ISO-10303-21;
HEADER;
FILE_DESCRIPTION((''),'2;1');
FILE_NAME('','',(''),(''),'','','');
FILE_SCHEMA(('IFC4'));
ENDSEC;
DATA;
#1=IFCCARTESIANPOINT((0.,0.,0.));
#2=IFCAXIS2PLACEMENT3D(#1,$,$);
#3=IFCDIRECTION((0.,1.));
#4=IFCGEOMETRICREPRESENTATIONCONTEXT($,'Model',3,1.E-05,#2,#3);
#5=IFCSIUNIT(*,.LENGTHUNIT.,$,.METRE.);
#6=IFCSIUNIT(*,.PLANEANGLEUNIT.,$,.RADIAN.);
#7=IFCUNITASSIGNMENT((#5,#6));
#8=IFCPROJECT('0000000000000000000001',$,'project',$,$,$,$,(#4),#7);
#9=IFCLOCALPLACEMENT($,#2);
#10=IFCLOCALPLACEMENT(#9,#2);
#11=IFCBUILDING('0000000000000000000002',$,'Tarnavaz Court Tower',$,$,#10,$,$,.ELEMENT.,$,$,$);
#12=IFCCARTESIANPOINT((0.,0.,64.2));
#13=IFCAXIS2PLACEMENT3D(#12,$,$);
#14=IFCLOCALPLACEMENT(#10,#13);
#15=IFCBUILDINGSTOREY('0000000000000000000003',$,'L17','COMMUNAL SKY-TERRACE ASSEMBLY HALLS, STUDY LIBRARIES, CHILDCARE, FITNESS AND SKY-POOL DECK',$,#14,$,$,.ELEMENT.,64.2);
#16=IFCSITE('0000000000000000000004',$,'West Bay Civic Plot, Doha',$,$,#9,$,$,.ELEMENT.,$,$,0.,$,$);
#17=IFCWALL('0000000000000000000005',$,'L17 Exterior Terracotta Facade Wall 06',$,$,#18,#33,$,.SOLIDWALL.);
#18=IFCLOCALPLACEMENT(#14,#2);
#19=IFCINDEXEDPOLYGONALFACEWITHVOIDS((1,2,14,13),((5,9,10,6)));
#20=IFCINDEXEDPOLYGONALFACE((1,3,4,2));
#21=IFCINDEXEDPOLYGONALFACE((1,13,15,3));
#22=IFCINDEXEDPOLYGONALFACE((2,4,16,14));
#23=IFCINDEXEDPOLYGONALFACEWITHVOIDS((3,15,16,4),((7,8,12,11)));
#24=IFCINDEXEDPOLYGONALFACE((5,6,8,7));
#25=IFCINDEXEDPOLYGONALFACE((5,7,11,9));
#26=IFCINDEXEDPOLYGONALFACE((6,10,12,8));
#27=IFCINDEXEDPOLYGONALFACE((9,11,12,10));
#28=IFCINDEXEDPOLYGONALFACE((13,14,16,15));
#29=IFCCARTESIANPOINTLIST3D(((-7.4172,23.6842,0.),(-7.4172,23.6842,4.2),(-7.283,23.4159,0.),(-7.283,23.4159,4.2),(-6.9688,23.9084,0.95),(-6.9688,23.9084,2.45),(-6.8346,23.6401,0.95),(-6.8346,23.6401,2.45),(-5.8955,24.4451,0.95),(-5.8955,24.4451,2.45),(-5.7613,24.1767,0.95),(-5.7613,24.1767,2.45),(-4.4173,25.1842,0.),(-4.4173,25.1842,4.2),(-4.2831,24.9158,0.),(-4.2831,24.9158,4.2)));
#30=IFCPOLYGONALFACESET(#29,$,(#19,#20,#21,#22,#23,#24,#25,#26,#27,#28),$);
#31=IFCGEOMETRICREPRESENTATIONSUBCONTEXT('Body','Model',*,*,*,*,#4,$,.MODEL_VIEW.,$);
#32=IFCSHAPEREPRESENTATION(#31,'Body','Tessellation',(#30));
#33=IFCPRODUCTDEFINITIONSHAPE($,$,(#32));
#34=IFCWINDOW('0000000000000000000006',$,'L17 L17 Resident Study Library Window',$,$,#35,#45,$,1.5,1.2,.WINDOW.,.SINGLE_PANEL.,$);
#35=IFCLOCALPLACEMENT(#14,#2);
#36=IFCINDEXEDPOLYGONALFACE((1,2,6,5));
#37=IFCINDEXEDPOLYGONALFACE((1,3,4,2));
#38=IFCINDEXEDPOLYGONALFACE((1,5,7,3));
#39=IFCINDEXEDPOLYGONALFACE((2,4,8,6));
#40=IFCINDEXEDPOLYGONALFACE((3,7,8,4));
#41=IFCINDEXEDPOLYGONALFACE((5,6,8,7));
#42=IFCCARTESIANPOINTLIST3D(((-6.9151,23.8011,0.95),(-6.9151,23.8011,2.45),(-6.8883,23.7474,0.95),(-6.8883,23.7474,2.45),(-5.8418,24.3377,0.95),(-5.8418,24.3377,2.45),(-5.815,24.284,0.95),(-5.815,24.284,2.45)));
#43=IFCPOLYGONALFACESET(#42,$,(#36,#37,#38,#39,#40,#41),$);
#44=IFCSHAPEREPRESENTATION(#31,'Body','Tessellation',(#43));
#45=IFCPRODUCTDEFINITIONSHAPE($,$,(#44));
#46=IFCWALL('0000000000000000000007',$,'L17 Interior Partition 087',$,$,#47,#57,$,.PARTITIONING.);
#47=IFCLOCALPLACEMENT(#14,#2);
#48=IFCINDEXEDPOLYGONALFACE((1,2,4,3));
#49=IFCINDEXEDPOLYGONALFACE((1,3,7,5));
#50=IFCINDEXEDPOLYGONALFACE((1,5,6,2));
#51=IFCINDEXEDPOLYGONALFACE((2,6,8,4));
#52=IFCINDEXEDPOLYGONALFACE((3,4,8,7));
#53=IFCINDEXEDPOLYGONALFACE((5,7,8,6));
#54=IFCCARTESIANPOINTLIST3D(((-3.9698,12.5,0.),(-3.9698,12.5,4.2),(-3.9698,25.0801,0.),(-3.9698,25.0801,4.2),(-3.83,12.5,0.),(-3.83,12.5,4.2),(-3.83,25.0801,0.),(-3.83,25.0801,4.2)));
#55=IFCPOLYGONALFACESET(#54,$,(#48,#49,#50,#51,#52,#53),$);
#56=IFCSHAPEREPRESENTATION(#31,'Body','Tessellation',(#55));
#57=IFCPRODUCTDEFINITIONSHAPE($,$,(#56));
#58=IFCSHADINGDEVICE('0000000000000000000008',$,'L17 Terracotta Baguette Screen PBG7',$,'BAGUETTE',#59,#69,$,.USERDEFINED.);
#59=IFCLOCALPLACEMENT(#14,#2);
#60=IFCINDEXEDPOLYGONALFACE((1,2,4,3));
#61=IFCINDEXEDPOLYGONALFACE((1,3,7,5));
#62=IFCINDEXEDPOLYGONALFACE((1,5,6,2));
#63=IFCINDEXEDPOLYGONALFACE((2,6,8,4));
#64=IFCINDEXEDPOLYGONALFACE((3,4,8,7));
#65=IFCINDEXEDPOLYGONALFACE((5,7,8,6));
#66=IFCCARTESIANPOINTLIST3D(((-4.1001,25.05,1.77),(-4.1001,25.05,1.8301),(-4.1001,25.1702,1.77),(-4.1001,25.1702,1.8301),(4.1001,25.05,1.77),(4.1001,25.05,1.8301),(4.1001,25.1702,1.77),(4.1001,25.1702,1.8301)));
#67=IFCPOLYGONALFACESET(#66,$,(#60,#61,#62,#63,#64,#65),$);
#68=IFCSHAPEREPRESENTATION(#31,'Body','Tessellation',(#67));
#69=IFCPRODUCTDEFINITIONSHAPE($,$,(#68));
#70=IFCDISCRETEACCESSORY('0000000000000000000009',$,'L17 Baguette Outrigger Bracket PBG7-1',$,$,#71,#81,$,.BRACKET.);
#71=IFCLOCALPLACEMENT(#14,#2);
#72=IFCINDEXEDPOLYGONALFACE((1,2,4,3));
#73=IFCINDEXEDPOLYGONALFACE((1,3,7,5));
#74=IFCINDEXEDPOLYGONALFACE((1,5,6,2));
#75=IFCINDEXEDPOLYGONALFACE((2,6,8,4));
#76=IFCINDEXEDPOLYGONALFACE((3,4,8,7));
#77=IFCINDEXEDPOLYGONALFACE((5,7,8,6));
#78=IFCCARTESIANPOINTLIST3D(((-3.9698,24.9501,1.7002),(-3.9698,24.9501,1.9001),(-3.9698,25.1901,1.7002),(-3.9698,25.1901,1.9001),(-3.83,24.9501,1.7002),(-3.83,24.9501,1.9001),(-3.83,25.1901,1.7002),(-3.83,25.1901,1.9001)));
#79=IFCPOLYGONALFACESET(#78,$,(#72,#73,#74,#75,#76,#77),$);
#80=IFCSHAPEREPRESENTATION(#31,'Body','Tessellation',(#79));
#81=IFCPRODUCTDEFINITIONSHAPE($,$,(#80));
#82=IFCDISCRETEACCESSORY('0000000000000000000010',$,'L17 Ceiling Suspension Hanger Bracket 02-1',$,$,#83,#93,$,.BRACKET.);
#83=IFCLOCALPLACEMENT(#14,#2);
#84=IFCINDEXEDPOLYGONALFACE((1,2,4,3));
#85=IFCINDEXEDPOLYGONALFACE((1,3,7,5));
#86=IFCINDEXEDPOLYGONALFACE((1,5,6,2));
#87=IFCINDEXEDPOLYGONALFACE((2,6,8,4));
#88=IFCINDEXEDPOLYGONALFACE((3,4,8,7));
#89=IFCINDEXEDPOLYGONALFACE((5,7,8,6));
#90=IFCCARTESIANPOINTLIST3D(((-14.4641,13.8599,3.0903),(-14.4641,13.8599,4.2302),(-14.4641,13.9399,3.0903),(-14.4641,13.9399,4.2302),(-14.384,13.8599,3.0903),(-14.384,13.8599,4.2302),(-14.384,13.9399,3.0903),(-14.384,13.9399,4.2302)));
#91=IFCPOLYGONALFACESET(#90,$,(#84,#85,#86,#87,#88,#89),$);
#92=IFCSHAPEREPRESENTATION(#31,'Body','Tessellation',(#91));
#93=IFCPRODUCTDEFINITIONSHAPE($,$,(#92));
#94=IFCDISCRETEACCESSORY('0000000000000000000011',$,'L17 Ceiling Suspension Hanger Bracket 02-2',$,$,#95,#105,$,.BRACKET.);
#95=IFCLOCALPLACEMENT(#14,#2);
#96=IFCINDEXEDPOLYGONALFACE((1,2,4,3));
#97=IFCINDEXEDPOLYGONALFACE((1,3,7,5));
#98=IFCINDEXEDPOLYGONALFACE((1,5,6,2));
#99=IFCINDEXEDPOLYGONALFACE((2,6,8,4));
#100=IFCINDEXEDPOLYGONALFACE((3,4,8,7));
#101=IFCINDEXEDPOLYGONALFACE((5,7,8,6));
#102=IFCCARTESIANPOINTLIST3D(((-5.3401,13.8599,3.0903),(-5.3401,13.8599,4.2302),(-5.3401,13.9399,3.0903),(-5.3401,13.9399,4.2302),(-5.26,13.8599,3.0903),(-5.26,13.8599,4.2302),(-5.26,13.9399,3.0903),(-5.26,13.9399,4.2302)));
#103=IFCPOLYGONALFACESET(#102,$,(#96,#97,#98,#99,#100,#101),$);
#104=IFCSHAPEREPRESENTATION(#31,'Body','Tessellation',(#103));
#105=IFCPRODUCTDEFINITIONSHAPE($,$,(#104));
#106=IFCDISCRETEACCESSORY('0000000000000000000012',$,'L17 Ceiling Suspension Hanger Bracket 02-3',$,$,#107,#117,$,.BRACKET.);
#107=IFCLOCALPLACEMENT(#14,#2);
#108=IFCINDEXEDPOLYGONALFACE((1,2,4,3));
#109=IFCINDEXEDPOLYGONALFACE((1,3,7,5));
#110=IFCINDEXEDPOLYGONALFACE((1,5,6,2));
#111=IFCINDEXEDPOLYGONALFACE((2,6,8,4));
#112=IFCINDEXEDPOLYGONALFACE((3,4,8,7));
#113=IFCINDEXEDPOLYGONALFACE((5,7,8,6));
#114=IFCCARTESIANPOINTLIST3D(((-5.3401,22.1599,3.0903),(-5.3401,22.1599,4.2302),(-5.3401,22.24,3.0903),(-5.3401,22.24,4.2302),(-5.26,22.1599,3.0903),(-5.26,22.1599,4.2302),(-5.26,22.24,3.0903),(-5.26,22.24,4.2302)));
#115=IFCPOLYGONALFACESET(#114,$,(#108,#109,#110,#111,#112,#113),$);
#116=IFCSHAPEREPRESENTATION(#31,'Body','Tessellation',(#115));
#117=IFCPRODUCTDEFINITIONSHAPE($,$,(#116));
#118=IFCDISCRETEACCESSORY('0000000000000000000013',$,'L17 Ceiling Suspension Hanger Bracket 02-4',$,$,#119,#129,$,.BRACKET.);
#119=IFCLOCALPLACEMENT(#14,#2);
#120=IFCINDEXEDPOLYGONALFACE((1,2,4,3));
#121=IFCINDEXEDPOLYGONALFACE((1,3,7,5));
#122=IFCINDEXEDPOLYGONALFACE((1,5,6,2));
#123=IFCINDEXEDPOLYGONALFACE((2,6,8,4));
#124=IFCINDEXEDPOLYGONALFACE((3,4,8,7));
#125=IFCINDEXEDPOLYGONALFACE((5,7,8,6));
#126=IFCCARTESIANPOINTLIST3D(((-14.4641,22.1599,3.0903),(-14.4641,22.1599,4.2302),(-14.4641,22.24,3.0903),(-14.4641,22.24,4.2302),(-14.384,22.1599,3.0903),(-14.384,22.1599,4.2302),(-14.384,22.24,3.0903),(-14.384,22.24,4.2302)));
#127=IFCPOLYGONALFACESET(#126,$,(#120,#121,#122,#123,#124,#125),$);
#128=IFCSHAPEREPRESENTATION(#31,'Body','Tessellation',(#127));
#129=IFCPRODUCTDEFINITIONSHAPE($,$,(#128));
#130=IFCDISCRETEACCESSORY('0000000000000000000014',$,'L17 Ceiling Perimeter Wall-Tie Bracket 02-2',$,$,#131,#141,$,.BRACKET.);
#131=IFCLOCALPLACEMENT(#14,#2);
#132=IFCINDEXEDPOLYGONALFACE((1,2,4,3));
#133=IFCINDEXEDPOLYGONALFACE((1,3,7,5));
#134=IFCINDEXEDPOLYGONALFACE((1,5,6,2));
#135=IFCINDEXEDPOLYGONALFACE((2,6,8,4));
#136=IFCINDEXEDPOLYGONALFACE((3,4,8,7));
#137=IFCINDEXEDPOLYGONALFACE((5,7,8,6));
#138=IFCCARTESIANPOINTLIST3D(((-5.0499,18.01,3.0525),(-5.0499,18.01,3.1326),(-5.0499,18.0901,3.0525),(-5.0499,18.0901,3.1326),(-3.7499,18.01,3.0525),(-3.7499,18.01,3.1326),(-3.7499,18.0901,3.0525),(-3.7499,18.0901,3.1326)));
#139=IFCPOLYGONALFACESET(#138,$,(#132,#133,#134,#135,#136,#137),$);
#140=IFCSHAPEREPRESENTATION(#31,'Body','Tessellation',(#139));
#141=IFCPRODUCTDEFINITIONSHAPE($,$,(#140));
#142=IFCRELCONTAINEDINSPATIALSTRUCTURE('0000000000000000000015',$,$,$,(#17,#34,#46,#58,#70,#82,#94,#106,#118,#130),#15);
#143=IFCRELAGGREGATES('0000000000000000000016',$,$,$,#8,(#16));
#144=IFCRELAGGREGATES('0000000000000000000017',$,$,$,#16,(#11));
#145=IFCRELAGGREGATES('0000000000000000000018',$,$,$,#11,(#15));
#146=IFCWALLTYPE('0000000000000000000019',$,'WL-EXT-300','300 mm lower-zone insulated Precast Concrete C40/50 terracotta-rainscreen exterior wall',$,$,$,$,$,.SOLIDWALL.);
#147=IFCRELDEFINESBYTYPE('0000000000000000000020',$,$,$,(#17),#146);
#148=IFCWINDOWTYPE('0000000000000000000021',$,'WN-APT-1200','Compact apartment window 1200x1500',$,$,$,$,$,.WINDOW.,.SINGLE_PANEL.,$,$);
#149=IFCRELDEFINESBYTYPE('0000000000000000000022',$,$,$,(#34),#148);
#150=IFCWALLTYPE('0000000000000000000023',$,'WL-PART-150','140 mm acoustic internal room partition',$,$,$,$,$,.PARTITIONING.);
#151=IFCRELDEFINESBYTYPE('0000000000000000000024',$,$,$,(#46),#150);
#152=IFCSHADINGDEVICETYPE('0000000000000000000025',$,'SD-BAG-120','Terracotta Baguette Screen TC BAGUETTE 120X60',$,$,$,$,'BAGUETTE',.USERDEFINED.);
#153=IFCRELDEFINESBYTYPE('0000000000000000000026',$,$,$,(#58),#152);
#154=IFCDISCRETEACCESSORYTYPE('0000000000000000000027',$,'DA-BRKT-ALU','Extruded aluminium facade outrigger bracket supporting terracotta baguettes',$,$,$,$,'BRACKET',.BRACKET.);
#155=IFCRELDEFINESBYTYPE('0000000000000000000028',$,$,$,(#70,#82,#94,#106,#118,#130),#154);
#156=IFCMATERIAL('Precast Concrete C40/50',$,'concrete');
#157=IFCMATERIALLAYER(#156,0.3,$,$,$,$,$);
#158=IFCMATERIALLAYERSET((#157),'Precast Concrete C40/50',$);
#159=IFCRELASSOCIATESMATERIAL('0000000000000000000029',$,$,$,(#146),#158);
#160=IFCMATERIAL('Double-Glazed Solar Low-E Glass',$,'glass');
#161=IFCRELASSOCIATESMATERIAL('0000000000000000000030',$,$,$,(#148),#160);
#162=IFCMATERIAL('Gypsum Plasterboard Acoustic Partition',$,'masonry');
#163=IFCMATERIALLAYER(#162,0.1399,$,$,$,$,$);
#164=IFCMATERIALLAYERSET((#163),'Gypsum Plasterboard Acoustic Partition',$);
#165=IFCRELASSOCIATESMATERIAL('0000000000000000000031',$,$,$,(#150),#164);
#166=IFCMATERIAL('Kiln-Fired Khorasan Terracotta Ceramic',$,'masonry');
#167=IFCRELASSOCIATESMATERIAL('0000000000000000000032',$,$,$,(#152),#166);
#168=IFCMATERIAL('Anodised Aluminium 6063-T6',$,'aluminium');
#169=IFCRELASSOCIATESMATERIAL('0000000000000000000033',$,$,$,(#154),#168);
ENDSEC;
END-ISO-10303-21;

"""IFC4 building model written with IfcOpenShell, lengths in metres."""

from ifc_helpers import new_model, si_unit, direction, frame, frame_2d, origin, origin_2d, place, context, subcontext, project, spatial, rectangle, extrude, material, layer, layer_set, material_profile, profile_set, type_object, element, fill, save


model = new_model("IFC4")

# Units and contexts
model_context = context("Model", 3, precision=1e-05, world=origin(), true_north=direction((0.0, 1.0)))
body_context = subcontext(model_context, "Body", "Model", "MODEL_VIEW")
ifc_project = project(units=[si_unit("LENGTHUNIT", "METRE"), si_unit("PLANEANGLEUNIT", "RADIAN")], contexts=[model_context])

# Site, building, storey
site_placement = place(None, origin())
site = spatial("IfcSite", under=ifc_project, at=site_placement, Name="West Bay Civic Plot, Doha", CompositionType="ELEMENT", RefElevation=0.0)
building_placement = place(site_placement, origin())
building = spatial("IfcBuilding", under=site, at=building_placement, Name="Tarnavaz Court Tower", CompositionType="ELEMENT")
storey_placement = place(building_placement, frame((0.0, 0.0, 64.2)))
storey = spatial("IfcBuildingStorey", under=building, at=storey_placement, Name="L17", Description="COMMUNAL SKY-TERRACE ASSEMBLY HALLS, STUDY LIBRARIES, CHILDCARE, FITNESS AND SKY-POOL DECK", CompositionType="ELEMENT", Elevation=64.2)

# Shared definitions
ifc_material_1 = material(Name="Anodised Aluminium 6063-T6", Category="aluminium")
ifc_material_2 = material(Name="Double-Glazed Solar Low-E Glass", Category="glass")

# Wall, opening, window
ifc_material_3 = material(Name="Precast Concrete C40/50", Category="concrete")
ifc_layer_1 = layer(ifc_material_3, 0.3)
ifc_layer_set_1 = layer_set([ifc_layer_1], Name="Precast Concrete C40/50")
wall_type_1 = type_object("IfcWallType", Name="WL-EXT-300", Description="300 mm lower-zone insulated Precast Concrete C40/50 terracotta-rainscreen exterior wall", PredefinedType="SOLIDWALL", material=ifc_layer_set_1)
wall_1_placement = place(storey_placement, frame((-7.3501, 23.55, 0.0), z_axis=(0.0, 0.0, 1.0), x_axis=(0.894427, 0.447214, 0.0)))
wall_1 = element("IfcWall", 1, at=wall_1_placement, inside=storey, type_object=wall_type_1, Name="L17 Exterior Terracotta Facade Wall 06", PredefinedType="SOLIDWALL", context=body_context, shape_type="SweptSolid", body=[
    extrude(rectangle(XDim=3.354, YDim=0.3, at=frame_2d((1.677, 0.0))), origin(), (0.0, 0.0, 1.0), 4.2),
])
opening_placement = place(wall_1_placement, frame((0.5012, 0.0, 0.95)))
opening = element("IfcOpeningElement", 2, at=opening_placement, cuts=wall_1, PredefinedType="OPENING", context=body_context, shape_type="SweptSolid", body=[
    extrude(rectangle(XDim=1.2, YDim=1.5, at=frame_2d((0.6001, 0.75))), frame((0.0, 0.1599, 0.0), z_axis=(0.0, -1.0, 0.0), x_axis=(1.0, 0.0, 0.0)), (0.0, 0.0, 1.0), 0.3201),
])
window_type = type_object("IfcWindowType", Name="WN-APT-1200", Description="Compact apartment window 1200x1500", PartitioningType="SINGLE_PANEL", PredefinedType="WINDOW", material=ifc_material_2)
window_placement = place(opening_placement, origin())
window = element("IfcWindow", 3, at=window_placement, inside=storey, type_object=window_type, Name="L17 L17 Resident Study Library Window", OverallHeight=1.5, OverallWidth=1.2, PartitioningType="SINGLE_PANEL", PredefinedType="WINDOW", context=body_context, shape_type="SweptSolid", body=[
    extrude(rectangle(XDim=1.2, YDim=1.5, at=frame_2d((0.6001, 0.75))), frame((0.0, 0.03, 0.0), z_axis=(0.0, -1.0, 0.0), x_axis=(1.0, 0.0, 0.0)), (0.0, 0.0, 1.0), 0.0601),
])
fill(opening, window)

# Wall
ifc_material_4 = material(Name="Gypsum Plasterboard Acoustic Partition", Category="masonry")
ifc_layer_2 = layer(ifc_material_4, 0.1399)
ifc_layer_set_2 = layer_set([ifc_layer_2], Name="Gypsum Plasterboard Acoustic Partition")
wall_type_2 = type_object("IfcWallType", Name="WL-PART-150", Description="140 mm acoustic internal room partition", PredefinedType="PARTITIONING", material=ifc_layer_set_2)
wall_2_placement = place(storey_placement, frame((-3.8999, 12.5, 0.0), z_axis=(0.0, 0.0, 1.0), x_axis=(0.0, 1.0, 0.0)))
element("IfcWall", 4, at=wall_2_placement, inside=storey, type_object=wall_type_2, Name="L17 Interior Partition 087", PredefinedType="PARTITIONING", context=body_context, shape_type="SweptSolid", body=[
    extrude(rectangle(XDim=12.5801, YDim=0.1399, at=frame_2d((6.29, 0.0))), origin(), (0.0, 0.0, 1.0), 4.2),
])

# Shading device
ifc_material_5 = material(Name="Kiln-Fired Khorasan Terracotta Ceramic", Category="masonry")
ifc_material_profile_1 = material_profile(ifc_material_5, rectangle(XDim=0.1201, YDim=0.0601, at=origin_2d()), Name="TC BAGUETTE 120X60")
ifc_profile_set_1 = profile_set([ifc_material_profile_1], Name="Kiln-Fired Khorasan Terracotta Ceramic")
shading_device_type = type_object("IfcShadingDeviceType", Name="SD-BAG-120", Description="Terracotta Baguette Screen TC BAGUETTE 120X60", ElementType="BAGUETTE", PredefinedType="USERDEFINED", material=ifc_profile_set_1)
shading_device_placement = place(storey_placement, frame((-4.1001, 25.1101, 1.8), z_axis=(1.0, 0.0, 0.0), x_axis=(0.0, 1.0, 0.0)))
element("IfcShadingDevice", 5, at=shading_device_placement, inside=storey, type_object=shading_device_type, Name="L17 Terracotta Baguette Screen PBG7", ObjectType="BAGUETTE", PredefinedType="USERDEFINED", context=body_context, shape_type="SweptSolid", body=[
    extrude(rectangle(XDim=0.1201, YDim=0.0601, at=origin_2d()), origin(), (0.0, 0.0, 1.0), 8.2002),
])

# Discrete accessories
discrete_accessory_type = type_object("IfcDiscreteAccessoryType", Name="DA-BRKT-ALU", Description="Extruded aluminium facade outrigger bracket supporting terracotta baguettes", ElementType="BRACKET", PredefinedType="BRACKET", material=ifc_material_1)
discrete_accessory_1_placement = place(storey_placement, frame((-3.8999, 25.0701, 1.7002), z_axis=(0.0, 0.0, 1.0), x_axis=(1.0, 0.0, 0.0)))
element("IfcDiscreteAccessory", 6, at=discrete_accessory_1_placement, inside=storey, type_object=discrete_accessory_type, Name="L17 Baguette Outrigger Bracket PBG7-1", PredefinedType="BRACKET", context=body_context, shape_type="SweptSolid", body=[
    extrude(rectangle(XDim=0.1399, YDim=0.24, at=origin_2d()), origin(), (0.0, 0.0, 1.0), 0.2),
])
for number, where, z_axis, x_axis, name in (
    (7, (-14.4241, 13.8999, 3.0903), (0.0, 0.0, 1.0), (1.0, 0.0, 0.0), "L17 Ceiling Suspension Hanger Bracket 02-1"),
    (8, (-5.3, 13.8999, 3.0903), (0.0, 0.0, 1.0), (1.0, 0.0, 0.0), "L17 Ceiling Suspension Hanger Bracket 02-2"),
    (9, (-5.3, 22.2, 3.0903), (0.0, 0.0, 1.0), (1.0, 0.0, 0.0), "L17 Ceiling Suspension Hanger Bracket 02-3"),
    (10, (-14.4241, 22.2, 3.0903), (0.0, 0.0, 1.0), (1.0, 0.0, 0.0), "L17 Ceiling Suspension Hanger Bracket 02-4"),
):
    element("IfcDiscreteAccessory", number, at=place(storey_placement, frame(where, z_axis=z_axis, x_axis=x_axis)), inside=storey, type_object=discrete_accessory_type, Name=name, PredefinedType="BRACKET", context=body_context, shape_type="SweptSolid", body=[
        extrude(rectangle(XDim=0.0801, YDim=0.0801, at=origin_2d()), origin(), (0.0, 0.0, 1.0), 1.1399),
    ])
discrete_accessory_2_placement = place(storey_placement, frame((-4.3999, 18.05, 3.0525), z_axis=(0.0, 0.0, 1.0), x_axis=(1.0, 0.0, 0.0)))
element("IfcDiscreteAccessory", 11, at=discrete_accessory_2_placement, inside=storey, type_object=discrete_accessory_type, Name="L17 Ceiling Perimeter Wall-Tie Bracket 02-2", PredefinedType="BRACKET", context=body_context, shape_type="SweptSolid", body=[
    extrude(rectangle(XDim=1.3, YDim=0.0801, at=origin_2d()), origin(), (0.0, 0.0, 1.0), 0.0801),
])

save(model, "model.ifc")
